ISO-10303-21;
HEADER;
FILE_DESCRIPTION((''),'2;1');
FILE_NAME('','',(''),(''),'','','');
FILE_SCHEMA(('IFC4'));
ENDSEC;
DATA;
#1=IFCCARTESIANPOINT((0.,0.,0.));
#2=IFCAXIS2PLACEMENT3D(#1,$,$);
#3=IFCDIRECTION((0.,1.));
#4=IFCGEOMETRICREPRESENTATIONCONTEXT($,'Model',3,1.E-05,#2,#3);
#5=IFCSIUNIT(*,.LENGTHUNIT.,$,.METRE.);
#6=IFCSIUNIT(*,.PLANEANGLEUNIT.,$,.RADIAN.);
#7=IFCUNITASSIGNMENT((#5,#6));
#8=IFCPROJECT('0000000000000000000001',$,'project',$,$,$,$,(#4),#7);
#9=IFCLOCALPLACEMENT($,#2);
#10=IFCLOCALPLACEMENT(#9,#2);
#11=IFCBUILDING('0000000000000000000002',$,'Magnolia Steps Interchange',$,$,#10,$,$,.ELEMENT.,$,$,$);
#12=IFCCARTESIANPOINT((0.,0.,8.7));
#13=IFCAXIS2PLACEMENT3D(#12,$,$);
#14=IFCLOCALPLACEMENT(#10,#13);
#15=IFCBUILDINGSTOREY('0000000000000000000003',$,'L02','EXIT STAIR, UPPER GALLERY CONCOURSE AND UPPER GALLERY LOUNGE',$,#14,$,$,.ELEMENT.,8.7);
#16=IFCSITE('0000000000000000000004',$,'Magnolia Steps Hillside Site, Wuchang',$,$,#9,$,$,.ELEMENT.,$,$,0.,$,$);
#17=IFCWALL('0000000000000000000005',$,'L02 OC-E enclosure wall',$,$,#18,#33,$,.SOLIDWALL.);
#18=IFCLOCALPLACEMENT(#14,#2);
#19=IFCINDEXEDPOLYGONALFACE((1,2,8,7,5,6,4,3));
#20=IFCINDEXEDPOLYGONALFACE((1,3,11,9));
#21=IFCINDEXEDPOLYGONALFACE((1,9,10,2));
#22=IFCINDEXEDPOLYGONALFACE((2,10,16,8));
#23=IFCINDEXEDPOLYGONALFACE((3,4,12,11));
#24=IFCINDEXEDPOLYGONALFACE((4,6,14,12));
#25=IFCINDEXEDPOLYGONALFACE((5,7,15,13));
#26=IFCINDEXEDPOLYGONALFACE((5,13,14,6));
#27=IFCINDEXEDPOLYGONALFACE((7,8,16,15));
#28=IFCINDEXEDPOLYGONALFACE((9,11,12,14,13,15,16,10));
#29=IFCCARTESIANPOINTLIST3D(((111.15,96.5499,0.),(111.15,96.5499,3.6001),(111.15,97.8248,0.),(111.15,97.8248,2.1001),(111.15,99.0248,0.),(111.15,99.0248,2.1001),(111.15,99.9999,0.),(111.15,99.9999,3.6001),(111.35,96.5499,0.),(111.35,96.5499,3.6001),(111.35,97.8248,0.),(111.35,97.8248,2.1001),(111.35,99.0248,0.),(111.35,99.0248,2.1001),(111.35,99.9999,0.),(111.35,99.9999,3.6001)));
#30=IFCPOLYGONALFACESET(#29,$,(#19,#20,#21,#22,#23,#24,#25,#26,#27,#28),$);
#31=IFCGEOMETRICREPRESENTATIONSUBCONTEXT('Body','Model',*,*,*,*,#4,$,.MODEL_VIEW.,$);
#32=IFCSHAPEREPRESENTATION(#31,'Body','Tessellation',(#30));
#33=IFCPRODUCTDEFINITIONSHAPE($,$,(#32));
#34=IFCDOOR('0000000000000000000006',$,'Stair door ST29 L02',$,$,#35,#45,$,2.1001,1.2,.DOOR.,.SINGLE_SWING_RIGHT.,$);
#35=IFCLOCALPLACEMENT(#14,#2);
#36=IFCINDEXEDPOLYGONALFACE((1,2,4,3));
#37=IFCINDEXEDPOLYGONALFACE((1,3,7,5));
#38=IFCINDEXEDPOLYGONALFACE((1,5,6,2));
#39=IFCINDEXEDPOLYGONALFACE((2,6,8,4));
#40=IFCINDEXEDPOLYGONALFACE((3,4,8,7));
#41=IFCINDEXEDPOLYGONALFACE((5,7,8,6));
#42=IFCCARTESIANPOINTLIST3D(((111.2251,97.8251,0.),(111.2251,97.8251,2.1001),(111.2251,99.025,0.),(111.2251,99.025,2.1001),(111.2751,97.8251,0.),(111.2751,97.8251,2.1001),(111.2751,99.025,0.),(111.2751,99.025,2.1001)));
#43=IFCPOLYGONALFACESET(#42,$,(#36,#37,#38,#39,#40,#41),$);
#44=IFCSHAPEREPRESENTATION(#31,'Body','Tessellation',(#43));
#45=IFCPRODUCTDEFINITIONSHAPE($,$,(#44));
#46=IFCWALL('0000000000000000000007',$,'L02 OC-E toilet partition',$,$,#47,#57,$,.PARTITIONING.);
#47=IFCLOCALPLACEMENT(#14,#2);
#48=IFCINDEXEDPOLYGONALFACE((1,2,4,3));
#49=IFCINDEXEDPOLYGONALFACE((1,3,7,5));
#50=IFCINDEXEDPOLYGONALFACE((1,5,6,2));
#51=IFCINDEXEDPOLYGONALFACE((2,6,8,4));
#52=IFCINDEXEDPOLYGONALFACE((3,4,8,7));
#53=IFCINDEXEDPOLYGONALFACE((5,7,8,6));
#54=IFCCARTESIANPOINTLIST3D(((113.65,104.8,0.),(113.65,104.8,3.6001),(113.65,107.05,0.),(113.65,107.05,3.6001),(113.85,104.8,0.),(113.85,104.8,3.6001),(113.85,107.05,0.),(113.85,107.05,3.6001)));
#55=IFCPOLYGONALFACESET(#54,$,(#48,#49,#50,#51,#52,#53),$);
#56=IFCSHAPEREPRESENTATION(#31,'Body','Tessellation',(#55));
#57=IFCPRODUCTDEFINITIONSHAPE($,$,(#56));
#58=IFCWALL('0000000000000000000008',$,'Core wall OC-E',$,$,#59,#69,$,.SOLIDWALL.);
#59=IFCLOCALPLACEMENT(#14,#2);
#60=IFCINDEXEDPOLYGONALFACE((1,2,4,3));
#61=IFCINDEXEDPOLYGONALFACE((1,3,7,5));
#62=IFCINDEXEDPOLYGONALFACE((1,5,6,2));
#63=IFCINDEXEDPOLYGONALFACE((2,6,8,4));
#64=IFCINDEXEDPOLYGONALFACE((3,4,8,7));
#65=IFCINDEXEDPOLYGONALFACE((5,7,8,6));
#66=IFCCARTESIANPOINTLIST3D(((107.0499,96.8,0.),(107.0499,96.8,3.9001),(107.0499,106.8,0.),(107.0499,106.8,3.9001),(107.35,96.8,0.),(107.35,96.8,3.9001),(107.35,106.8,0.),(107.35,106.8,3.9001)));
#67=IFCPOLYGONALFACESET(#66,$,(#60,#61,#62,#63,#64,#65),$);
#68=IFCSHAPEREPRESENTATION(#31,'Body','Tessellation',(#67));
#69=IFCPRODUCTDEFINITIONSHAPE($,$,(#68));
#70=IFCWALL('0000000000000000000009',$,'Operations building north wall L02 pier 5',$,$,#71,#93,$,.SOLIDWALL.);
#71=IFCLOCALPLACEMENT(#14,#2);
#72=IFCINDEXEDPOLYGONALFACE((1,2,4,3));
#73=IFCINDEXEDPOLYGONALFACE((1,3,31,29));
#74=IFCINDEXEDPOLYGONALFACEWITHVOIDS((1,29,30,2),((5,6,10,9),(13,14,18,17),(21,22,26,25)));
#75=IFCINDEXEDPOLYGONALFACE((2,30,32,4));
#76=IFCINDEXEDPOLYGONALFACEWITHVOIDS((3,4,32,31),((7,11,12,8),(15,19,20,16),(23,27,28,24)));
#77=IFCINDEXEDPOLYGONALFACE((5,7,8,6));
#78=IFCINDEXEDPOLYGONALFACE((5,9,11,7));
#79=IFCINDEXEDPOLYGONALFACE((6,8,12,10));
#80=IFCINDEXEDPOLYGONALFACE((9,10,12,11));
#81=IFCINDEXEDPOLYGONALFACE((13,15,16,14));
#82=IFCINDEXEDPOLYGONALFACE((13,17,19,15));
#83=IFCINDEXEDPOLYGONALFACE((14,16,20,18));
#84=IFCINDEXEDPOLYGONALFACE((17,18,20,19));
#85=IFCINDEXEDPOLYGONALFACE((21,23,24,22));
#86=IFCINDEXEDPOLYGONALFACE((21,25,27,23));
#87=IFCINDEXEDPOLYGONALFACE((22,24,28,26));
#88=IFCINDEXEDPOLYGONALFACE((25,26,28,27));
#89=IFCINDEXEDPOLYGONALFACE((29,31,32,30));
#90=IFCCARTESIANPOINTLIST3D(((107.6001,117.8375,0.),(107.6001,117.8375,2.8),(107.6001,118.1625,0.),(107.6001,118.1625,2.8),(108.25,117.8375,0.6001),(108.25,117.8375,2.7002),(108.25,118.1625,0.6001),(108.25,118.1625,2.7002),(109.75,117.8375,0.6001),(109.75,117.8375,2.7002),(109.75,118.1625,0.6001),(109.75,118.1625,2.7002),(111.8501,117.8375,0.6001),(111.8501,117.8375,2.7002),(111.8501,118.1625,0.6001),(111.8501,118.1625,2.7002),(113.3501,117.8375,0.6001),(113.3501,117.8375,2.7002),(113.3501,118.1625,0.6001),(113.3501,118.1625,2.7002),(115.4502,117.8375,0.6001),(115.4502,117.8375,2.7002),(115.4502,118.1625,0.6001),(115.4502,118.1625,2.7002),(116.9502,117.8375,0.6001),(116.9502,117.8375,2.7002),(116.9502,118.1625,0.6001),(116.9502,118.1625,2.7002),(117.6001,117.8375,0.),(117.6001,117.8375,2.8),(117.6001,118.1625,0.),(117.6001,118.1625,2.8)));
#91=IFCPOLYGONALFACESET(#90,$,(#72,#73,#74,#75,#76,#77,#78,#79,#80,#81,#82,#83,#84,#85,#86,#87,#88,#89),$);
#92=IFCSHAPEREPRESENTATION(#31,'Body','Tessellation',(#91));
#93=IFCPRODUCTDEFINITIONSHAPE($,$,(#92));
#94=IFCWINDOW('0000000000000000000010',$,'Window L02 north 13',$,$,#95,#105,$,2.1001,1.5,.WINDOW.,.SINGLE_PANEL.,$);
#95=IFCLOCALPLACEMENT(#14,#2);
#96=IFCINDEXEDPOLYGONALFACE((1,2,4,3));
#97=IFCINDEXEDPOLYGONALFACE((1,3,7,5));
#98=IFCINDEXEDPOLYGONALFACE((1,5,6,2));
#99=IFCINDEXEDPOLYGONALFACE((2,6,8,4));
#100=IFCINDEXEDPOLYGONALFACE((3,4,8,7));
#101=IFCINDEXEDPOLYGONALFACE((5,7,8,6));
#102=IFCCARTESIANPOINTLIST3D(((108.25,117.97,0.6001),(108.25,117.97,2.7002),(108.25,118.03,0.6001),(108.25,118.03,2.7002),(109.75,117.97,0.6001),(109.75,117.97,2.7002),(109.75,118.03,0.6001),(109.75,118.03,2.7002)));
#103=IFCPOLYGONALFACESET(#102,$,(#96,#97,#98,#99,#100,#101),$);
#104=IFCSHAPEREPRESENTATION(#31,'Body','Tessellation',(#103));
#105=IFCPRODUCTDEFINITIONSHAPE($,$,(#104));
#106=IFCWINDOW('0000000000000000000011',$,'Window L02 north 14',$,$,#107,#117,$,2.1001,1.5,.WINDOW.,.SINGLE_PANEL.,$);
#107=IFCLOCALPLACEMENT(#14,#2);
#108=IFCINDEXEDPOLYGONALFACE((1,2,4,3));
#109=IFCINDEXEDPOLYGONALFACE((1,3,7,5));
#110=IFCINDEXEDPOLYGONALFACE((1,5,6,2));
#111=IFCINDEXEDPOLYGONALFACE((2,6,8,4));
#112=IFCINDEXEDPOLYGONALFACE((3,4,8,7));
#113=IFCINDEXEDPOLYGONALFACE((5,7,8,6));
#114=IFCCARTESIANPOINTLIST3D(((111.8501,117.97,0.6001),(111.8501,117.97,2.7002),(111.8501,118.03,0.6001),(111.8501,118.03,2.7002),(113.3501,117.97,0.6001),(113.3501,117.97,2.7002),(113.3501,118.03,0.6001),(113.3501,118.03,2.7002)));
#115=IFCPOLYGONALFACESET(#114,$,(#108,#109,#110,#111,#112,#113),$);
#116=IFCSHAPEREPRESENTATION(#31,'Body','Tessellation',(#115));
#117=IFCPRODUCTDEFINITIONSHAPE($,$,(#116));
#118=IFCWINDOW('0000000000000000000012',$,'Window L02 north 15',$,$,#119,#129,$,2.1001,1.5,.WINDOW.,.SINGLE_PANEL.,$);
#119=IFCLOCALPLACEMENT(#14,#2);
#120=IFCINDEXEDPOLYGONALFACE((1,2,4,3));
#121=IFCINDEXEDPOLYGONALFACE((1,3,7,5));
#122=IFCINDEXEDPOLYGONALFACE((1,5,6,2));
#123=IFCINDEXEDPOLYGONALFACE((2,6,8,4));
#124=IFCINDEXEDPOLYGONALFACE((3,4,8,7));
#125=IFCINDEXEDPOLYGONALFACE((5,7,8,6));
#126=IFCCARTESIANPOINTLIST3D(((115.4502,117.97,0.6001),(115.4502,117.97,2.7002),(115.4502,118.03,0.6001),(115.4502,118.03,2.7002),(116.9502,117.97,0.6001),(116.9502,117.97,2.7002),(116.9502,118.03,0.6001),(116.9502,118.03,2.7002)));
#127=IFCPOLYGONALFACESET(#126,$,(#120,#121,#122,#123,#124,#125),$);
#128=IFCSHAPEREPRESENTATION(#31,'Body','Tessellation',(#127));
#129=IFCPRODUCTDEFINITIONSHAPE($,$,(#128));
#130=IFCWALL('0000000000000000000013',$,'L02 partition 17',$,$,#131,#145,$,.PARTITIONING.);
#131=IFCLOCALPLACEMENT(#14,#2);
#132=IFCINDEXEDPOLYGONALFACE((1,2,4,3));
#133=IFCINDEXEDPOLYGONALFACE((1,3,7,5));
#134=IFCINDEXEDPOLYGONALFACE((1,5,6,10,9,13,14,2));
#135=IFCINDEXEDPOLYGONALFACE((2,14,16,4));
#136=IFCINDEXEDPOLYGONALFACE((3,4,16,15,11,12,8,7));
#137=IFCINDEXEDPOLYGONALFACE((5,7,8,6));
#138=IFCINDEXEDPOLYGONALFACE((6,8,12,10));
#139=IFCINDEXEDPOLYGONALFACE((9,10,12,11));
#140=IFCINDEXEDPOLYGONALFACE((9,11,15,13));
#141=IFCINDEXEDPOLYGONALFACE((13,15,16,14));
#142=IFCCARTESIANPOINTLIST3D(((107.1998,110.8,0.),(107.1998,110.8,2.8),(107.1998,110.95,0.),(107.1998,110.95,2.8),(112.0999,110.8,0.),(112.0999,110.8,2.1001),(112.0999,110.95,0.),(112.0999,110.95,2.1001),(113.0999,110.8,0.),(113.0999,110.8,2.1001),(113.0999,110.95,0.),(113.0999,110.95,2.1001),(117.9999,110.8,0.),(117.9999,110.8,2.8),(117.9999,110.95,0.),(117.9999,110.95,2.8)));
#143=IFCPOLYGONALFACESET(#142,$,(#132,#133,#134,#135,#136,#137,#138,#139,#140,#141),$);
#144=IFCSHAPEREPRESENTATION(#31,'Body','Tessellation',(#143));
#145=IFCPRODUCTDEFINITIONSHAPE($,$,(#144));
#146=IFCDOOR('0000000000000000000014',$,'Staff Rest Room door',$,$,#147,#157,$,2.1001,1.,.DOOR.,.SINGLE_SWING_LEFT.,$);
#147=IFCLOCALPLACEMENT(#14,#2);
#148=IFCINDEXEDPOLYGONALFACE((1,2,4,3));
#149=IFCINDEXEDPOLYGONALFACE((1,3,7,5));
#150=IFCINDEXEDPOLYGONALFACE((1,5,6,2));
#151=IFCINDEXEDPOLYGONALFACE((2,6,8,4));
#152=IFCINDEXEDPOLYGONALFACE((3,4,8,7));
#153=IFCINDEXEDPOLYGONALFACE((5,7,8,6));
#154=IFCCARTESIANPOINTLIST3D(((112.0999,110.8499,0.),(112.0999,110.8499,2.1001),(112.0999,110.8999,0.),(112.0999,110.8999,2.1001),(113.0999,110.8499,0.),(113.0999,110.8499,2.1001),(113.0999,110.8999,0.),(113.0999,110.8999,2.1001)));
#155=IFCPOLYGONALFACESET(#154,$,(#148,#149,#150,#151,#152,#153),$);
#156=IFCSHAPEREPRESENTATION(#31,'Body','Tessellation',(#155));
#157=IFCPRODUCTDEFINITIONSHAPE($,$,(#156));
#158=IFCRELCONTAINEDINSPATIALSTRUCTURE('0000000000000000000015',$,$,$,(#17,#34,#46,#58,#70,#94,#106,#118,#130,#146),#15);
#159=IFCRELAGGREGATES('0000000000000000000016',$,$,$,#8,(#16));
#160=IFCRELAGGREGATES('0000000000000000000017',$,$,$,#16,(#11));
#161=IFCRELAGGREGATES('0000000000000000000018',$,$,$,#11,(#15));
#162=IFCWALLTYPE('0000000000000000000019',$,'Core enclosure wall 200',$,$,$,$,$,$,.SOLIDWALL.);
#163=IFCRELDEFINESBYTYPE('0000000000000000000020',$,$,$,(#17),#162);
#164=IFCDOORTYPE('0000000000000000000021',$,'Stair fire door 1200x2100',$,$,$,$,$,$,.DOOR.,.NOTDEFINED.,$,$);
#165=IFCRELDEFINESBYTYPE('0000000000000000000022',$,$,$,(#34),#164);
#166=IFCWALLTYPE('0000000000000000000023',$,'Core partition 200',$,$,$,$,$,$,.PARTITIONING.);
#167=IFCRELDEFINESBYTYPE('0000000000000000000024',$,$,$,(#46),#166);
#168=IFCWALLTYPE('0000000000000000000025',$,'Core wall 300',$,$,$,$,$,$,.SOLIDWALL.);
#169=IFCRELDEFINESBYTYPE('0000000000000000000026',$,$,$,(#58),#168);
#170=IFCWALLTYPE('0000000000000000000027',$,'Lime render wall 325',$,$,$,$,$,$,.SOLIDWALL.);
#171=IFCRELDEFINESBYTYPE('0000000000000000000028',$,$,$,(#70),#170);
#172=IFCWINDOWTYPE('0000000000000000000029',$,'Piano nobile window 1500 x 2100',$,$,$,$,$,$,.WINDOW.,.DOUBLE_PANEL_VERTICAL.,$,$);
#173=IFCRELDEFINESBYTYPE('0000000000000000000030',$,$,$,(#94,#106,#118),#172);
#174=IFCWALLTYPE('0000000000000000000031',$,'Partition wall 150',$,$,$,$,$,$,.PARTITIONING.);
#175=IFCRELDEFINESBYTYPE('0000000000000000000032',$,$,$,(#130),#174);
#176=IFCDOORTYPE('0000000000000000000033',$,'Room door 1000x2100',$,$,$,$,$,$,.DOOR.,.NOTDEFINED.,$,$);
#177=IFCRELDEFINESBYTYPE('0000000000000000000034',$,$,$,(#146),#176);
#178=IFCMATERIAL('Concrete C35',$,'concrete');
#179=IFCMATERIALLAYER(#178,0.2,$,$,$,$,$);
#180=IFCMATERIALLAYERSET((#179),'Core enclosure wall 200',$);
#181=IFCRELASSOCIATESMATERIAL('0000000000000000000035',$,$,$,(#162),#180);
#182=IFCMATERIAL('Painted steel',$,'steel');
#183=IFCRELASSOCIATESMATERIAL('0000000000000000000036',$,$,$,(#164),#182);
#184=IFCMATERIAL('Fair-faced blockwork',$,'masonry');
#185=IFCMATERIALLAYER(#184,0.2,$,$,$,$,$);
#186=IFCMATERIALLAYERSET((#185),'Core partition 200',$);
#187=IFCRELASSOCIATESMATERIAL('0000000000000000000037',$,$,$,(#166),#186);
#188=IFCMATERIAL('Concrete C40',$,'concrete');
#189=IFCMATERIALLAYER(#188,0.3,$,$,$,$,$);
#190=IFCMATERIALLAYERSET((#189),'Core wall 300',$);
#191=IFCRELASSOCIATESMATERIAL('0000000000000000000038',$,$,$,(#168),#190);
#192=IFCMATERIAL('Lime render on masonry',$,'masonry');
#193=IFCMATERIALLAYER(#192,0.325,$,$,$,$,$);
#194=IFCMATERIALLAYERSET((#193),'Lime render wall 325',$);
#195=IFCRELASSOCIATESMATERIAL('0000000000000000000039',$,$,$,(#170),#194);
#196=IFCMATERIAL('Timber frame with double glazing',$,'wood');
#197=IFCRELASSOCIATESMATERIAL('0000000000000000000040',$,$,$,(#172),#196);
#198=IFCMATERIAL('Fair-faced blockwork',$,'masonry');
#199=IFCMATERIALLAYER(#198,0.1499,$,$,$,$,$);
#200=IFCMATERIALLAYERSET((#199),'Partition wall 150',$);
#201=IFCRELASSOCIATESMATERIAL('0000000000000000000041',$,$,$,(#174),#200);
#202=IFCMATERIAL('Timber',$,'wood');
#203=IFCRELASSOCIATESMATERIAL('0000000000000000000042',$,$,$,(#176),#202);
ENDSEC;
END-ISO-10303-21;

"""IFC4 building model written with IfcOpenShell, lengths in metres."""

from ifc_helpers import new_model, si_unit, direction, frame, frame_2d, origin, place, context, subcontext, project, spatial, rectangle, extrude, material, layer, layer_set, type_object, element, fill, save


model = new_model("IFC4")

# Units and contexts
model_context = context("Model", 3, precision=1e-05, world=origin(), true_north=direction((0.0, 1.0)))
body_context = subcontext(model_context, "Body", "Model", "MODEL_VIEW")
ifc_project = project(units=[si_unit("LENGTHUNIT", "METRE"), si_unit("PLANEANGLEUNIT", "RADIAN")], contexts=[model_context])

# Site, building, storey
site_placement = place(None, origin())
site = spatial("IfcSite", under=ifc_project, at=site_placement, Name="Magnolia Steps Hillside Site, Wuchang", CompositionType="ELEMENT", RefElevation=0.0)
building_placement = place(site_placement, origin())
building = spatial("IfcBuilding", under=site, at=building_placement, Name="Magnolia Steps Interchange", CompositionType="ELEMENT")
storey_placement = place(building_placement, frame((0.0, 0.0, 8.7)))
storey = spatial("IfcBuildingStorey", under=building, at=storey_placement, Name="L02", Description="EXIT STAIR, UPPER GALLERY CONCOURSE AND UPPER GALLERY LOUNGE", CompositionType="ELEMENT", Elevation=8.7)

# Shared definitions
ifc_material_1 = material(Name="Concrete C35", Category="concrete")
ifc_layer_1 = layer(ifc_material_1, 0.2)
ifc_layer_set_1 = layer_set([ifc_layer_1], Name="Core enclosure wall 200")
wall_type_1 = type_object("IfcWallType", Name="Core enclosure wall 200", PredefinedType="SOLIDWALL", material=ifc_layer_set_1)

# Wall, opening, door
wall_1_placement = place(storey_placement, frame((111.25, 100.0, 0.0), z_axis=(0.0, 0.0, 1.0), x_axis=(0.0, -1.0, 0.0)))
wall_1 = element("IfcWall", 1, at=wall_1_placement, inside=storey, type_object=wall_type_1, Name="L02 OC-E enclosure wall", PredefinedType="SOLIDWALL", context=body_context, shape_type="SweptSolid", body=[
    extrude(rectangle(XDim=3.45, YDim=0.2, at=frame_2d((1.7251, 0.0))), origin(), (0.0, 0.0, 1.0), 3.6001),
])
opening_1_placement = place(wall_1_placement, frame((0.9751, 0.0, 0.0)))
opening_1 = element("IfcOpeningElement", 2, at=opening_1_placement, cuts=wall_1, PredefinedType="OPENING", context=body_context, shape_type="SweptSolid", body=[
    extrude(rectangle(XDim=1.2, YDim=2.1001, at=frame_2d((0.6001, 1.05))), frame((0.0, 0.1099, 0.0), z_axis=(0.0, -1.0, 0.0), x_axis=(1.0, 0.0, 0.0)), (0.0, 0.0, 1.0), 0.22),
])
ifc_material_2 = material(Name="Painted steel", Category="steel")
door_type_1 = type_object("IfcDoorType", Name="Stair fire door 1200x2100", OperationType="NOTDEFINED", PredefinedType="DOOR", material=ifc_material_2)
door_1_placement = place(opening_1_placement, frame((1.2, 0.0, 0.0), z_axis=(0.0, 0.0, 1.0), x_axis=(-1.0, 0.0, 0.0)))
door_1 = element("IfcDoor", 3, at=door_1_placement, inside=storey, type_object=door_type_1, Name="Stair door ST29 L02", OperationType="SINGLE_SWING_RIGHT", OverallHeight=2.1001, OverallWidth=1.2, PredefinedType="DOOR", context=body_context, shape_type="SweptSolid", body=[
    extrude(rectangle(XDim=1.2, YDim=2.1001, at=frame_2d((0.6001, 1.05))), frame((0.0, 0.0249, 0.0), z_axis=(0.0, -1.0, 0.0), x_axis=(1.0, 0.0, 0.0)), (0.0, 0.0, 1.0), 0.05),
])
fill(opening_1, door_1)

# Walls
ifc_material_3 = material(Name="Fair-faced blockwork", Category="masonry")
ifc_layer_2 = layer(ifc_material_3, 0.2)
ifc_layer_set_2 = layer_set([ifc_layer_2], Name="Core partition 200")
wall_type_2 = type_object("IfcWallType", Name="Core partition 200", PredefinedType="PARTITIONING", material=ifc_layer_set_2)
wall_2_placement = place(storey_placement, frame((113.75, 107.05, 0.0), z_axis=(0.0, 0.0, 1.0), x_axis=(0.0, -1.0, 0.0)))
element("IfcWall", 4, at=wall_2_placement, inside=storey, type_object=wall_type_2, Name="L02 OC-E toilet partition", PredefinedType="PARTITIONING", context=body_context, shape_type="SweptSolid", body=[
    extrude(rectangle(XDim=2.25, YDim=0.2, at=frame_2d((1.125, 0.0))), origin(), (0.0, 0.0, 1.0), 3.6001),
])
ifc_material_4 = material(Name="Concrete C40", Category="concrete")
ifc_layer_3 = layer(ifc_material_4, 0.3)
ifc_layer_set_3 = layer_set([ifc_layer_3], Name="Core wall 300")
wall_type_3 = type_object("IfcWallType", Name="Core wall 300", PredefinedType="SOLIDWALL", material=ifc_layer_set_3)
wall_3_placement = place(storey_placement, frame((107.2, 106.8, 0.0), z_axis=(0.0, 0.0, 1.0), x_axis=(0.0, -1.0, 0.0)))
element("IfcWall", 5, at=wall_3_placement, inside=storey, type_object=wall_type_3, Name="Core wall OC-E", PredefinedType="SOLIDWALL", context=body_context, shape_type="SweptSolid", body=[
    extrude(rectangle(XDim=10.0, YDim=0.3, at=frame_2d((5.0, 0.0))), origin(), (0.0, 0.0, 1.0), 3.9001),
])

# Wall, openings, windows
ifc_material_5 = material(Name="Lime render on masonry", Category="masonry")
ifc_layer_4 = layer(ifc_material_5, 0.325)
ifc_layer_set_4 = layer_set([ifc_layer_4], Name="Lime render wall 325")
wall_type_4 = type_object("IfcWallType", Name="Lime render wall 325", PredefinedType="SOLIDWALL", material=ifc_layer_set_4)
wall_4_placement = place(storey_placement, frame((107.6001, 118.0, 0.0), z_axis=(0.0, 0.0, 1.0), x_axis=(1.0, 0.0, 0.0)))
wall_4 = element("IfcWall", 6, at=wall_4_placement, inside=storey, type_object=wall_type_4, Name="Operations building north wall L02 pier 5", PredefinedType="SOLIDWALL", context=body_context, shape_type="SweptSolid", body=[
    extrude(rectangle(XDim=10.0, YDim=0.325, at=frame_2d((5.0, 0.0))), origin(), (0.0, 0.0, 1.0), 2.8),
])
opening_2_placement = place(wall_4_placement, frame((0.6499, 0.0, 0.6001)))
opening_2 = element("IfcOpeningElement", 7, at=opening_2_placement, cuts=wall_4, PredefinedType="OPENING", context=body_context, shape_type="SweptSolid", body=[
    extrude(rectangle(XDim=1.5, YDim=2.1001, at=frame_2d((0.75, 1.05))), frame((0.0, 0.1724, 0.0), z_axis=(0.0, -1.0, 0.0), x_axis=(1.0, 0.0, 0.0)), (0.0, 0.0, 1.0), 0.345),
])
opening_3_placement = place(wall_4_placement, frame((4.25, 0.0, 0.6001)))
opening_3 = element("IfcOpeningElement", 8, at=opening_3_placement, cuts=wall_4, PredefinedType="OPENING", context=body_context, shape_type="SweptSolid", body=[
    extrude(rectangle(XDim=1.5, YDim=2.1001, at=frame_2d((0.75, 1.05))), frame((0.0, 0.1724, 0.0), z_axis=(0.0, -1.0, 0.0), x_axis=(1.0, 0.0, 0.0)), (0.0, 0.0, 1.0), 0.345),
])
opening_4_placement = place(wall_4_placement, frame((7.8501, 0.0, 0.6001)))
opening_4 = element("IfcOpeningElement", 9, at=opening_4_placement, cuts=wall_4, PredefinedType="OPENING", context=body_context, shape_type="SweptSolid", body=[
    extrude(rectangle(XDim=1.5, YDim=2.1001, at=frame_2d((0.75, 1.05))), frame((0.0, 0.1724, 0.0), z_axis=(0.0, -1.0, 0.0), x_axis=(1.0, 0.0, 0.0)), (0.0, 0.0, 1.0), 0.345),
])
ifc_material_6 = material(Name="Timber frame with double glazing", Category="wood")
window_type = type_object("IfcWindowType", Name="Piano nobile window 1500 x 2100", PartitioningType="DOUBLE_PANEL_VERTICAL", PredefinedType="WINDOW", material=ifc_material_6)
window_1_placement = place(opening_2_placement, origin())
window_1 = element("IfcWindow", 10, at=window_1_placement, inside=storey, type_object=window_type, Name="Window L02 north 13", OverallHeight=2.1001, OverallWidth=1.5, PartitioningType="SINGLE_PANEL", PredefinedType="WINDOW", context=body_context, shape_type="SweptSolid", body=[
    extrude(rectangle(XDim=1.5, YDim=2.1001, at=frame_2d((0.75, 1.05))), frame((0.0, 0.03, 0.0), z_axis=(0.0, -1.0, 0.0), x_axis=(1.0, 0.0, 0.0)), (0.0, 0.0, 1.0), 0.0601),
])
fill(opening_2, window_1)
window_2_placement = place(opening_3_placement, origin())
window_2 = element("IfcWindow", 11, at=window_2_placement, inside=storey, type_object=window_type, Name="Window L02 north 14", OverallHeight=2.1001, OverallWidth=1.5, PartitioningType="SINGLE_PANEL", PredefinedType="WINDOW", context=body_context, shape_type="SweptSolid", body=[
    extrude(rectangle(XDim=1.5, YDim=2.1001, at=frame_2d((0.75, 1.05))), frame((0.0, 0.03, 0.0), z_axis=(0.0, -1.0, 0.0), x_axis=(1.0, 0.0, 0.0)), (0.0, 0.0, 1.0), 0.0601),
])
fill(opening_3, window_2)
window_3_placement = place(opening_4_placement, origin())
window_3 = element("IfcWindow", 12, at=window_3_placement, inside=storey, type_object=window_type, Name="Window L02 north 15", OverallHeight=2.1001, OverallWidth=1.5, PartitioningType="SINGLE_PANEL", PredefinedType="WINDOW", context=body_context, shape_type="SweptSolid", body=[
    extrude(rectangle(XDim=1.5, YDim=2.1001, at=frame_2d((0.75, 1.05))), frame((0.0, 0.03, 0.0), z_axis=(0.0, -1.0, 0.0), x_axis=(1.0, 0.0, 0.0)), (0.0, 0.0, 1.0), 0.0601),
])
fill(opening_4, window_3)

# Wall, opening, door
ifc_material_7 = material(Name="Fair-faced blockwork", Category="masonry")
ifc_layer_5 = layer(ifc_material_7, 0.1499)
ifc_layer_set_5 = layer_set([ifc_layer_5], Name="Partition wall 150")
wall_type_5 = type_object("IfcWallType", Name="Partition wall 150", PredefinedType="PARTITIONING", material=ifc_layer_set_5)
wall_5_placement = place(storey_placement, frame((107.2, 110.875, 0.0), z_axis=(0.0, 0.0, 1.0), x_axis=(1.0, 0.0, 0.0)))
wall_5 = element("IfcWall", 13, at=wall_5_placement, inside=storey, type_object=wall_type_5, Name="L02 partition 17", PredefinedType="PARTITIONING", context=body_context, shape_type="SweptSolid", body=[
    extrude(rectangle(XDim=10.8, YDim=0.1499, at=frame_2d((5.3999, 0.0))), origin(), (0.0, 0.0, 1.0), 2.8),
])
opening_5_placement = place(wall_5_placement, frame((4.8999, 0.0, 0.0)))
opening_5 = element("IfcOpeningElement", 14, at=opening_5_placement, cuts=wall_5, PredefinedType="OPENING", context=body_context, shape_type="SweptSolid", body=[
    extrude(rectangle(XDim=1.0, YDim=2.1001, at=frame_2d((0.5, 1.05))), frame((0.0, 0.085, 0.0), z_axis=(0.0, -1.0, 0.0), x_axis=(1.0, 0.0, 0.0)), (0.0, 0.0, 1.0), 0.1699),
])
ifc_material_8 = material(Name="Timber", Category="wood")
door_type_2 = type_object("IfcDoorType", Name="Room door 1000x2100", OperationType="NOTDEFINED", PredefinedType="DOOR", material=ifc_material_8)
door_2_placement = place(opening_5_placement, origin())
door_2 = element("IfcDoor", 15, at=door_2_placement, inside=storey, type_object=door_type_2, Name="Staff Rest Room door", OperationType="SINGLE_SWING_LEFT", OverallHeight=2.1001, OverallWidth=1.0, PredefinedType="DOOR", context=body_context, shape_type="SweptSolid", body=[
    extrude(rectangle(XDim=1.0, YDim=2.1001, at=frame_2d((0.5, 1.05))), frame((0.0, 0.0249, 0.0), z_axis=(0.0, -1.0, 0.0), x_axis=(1.0, 0.0, 0.0)), (0.0, 0.0, 1.0), 0.05),
])
fill(opening_5, door_2)

save(model, "model.ifc")
